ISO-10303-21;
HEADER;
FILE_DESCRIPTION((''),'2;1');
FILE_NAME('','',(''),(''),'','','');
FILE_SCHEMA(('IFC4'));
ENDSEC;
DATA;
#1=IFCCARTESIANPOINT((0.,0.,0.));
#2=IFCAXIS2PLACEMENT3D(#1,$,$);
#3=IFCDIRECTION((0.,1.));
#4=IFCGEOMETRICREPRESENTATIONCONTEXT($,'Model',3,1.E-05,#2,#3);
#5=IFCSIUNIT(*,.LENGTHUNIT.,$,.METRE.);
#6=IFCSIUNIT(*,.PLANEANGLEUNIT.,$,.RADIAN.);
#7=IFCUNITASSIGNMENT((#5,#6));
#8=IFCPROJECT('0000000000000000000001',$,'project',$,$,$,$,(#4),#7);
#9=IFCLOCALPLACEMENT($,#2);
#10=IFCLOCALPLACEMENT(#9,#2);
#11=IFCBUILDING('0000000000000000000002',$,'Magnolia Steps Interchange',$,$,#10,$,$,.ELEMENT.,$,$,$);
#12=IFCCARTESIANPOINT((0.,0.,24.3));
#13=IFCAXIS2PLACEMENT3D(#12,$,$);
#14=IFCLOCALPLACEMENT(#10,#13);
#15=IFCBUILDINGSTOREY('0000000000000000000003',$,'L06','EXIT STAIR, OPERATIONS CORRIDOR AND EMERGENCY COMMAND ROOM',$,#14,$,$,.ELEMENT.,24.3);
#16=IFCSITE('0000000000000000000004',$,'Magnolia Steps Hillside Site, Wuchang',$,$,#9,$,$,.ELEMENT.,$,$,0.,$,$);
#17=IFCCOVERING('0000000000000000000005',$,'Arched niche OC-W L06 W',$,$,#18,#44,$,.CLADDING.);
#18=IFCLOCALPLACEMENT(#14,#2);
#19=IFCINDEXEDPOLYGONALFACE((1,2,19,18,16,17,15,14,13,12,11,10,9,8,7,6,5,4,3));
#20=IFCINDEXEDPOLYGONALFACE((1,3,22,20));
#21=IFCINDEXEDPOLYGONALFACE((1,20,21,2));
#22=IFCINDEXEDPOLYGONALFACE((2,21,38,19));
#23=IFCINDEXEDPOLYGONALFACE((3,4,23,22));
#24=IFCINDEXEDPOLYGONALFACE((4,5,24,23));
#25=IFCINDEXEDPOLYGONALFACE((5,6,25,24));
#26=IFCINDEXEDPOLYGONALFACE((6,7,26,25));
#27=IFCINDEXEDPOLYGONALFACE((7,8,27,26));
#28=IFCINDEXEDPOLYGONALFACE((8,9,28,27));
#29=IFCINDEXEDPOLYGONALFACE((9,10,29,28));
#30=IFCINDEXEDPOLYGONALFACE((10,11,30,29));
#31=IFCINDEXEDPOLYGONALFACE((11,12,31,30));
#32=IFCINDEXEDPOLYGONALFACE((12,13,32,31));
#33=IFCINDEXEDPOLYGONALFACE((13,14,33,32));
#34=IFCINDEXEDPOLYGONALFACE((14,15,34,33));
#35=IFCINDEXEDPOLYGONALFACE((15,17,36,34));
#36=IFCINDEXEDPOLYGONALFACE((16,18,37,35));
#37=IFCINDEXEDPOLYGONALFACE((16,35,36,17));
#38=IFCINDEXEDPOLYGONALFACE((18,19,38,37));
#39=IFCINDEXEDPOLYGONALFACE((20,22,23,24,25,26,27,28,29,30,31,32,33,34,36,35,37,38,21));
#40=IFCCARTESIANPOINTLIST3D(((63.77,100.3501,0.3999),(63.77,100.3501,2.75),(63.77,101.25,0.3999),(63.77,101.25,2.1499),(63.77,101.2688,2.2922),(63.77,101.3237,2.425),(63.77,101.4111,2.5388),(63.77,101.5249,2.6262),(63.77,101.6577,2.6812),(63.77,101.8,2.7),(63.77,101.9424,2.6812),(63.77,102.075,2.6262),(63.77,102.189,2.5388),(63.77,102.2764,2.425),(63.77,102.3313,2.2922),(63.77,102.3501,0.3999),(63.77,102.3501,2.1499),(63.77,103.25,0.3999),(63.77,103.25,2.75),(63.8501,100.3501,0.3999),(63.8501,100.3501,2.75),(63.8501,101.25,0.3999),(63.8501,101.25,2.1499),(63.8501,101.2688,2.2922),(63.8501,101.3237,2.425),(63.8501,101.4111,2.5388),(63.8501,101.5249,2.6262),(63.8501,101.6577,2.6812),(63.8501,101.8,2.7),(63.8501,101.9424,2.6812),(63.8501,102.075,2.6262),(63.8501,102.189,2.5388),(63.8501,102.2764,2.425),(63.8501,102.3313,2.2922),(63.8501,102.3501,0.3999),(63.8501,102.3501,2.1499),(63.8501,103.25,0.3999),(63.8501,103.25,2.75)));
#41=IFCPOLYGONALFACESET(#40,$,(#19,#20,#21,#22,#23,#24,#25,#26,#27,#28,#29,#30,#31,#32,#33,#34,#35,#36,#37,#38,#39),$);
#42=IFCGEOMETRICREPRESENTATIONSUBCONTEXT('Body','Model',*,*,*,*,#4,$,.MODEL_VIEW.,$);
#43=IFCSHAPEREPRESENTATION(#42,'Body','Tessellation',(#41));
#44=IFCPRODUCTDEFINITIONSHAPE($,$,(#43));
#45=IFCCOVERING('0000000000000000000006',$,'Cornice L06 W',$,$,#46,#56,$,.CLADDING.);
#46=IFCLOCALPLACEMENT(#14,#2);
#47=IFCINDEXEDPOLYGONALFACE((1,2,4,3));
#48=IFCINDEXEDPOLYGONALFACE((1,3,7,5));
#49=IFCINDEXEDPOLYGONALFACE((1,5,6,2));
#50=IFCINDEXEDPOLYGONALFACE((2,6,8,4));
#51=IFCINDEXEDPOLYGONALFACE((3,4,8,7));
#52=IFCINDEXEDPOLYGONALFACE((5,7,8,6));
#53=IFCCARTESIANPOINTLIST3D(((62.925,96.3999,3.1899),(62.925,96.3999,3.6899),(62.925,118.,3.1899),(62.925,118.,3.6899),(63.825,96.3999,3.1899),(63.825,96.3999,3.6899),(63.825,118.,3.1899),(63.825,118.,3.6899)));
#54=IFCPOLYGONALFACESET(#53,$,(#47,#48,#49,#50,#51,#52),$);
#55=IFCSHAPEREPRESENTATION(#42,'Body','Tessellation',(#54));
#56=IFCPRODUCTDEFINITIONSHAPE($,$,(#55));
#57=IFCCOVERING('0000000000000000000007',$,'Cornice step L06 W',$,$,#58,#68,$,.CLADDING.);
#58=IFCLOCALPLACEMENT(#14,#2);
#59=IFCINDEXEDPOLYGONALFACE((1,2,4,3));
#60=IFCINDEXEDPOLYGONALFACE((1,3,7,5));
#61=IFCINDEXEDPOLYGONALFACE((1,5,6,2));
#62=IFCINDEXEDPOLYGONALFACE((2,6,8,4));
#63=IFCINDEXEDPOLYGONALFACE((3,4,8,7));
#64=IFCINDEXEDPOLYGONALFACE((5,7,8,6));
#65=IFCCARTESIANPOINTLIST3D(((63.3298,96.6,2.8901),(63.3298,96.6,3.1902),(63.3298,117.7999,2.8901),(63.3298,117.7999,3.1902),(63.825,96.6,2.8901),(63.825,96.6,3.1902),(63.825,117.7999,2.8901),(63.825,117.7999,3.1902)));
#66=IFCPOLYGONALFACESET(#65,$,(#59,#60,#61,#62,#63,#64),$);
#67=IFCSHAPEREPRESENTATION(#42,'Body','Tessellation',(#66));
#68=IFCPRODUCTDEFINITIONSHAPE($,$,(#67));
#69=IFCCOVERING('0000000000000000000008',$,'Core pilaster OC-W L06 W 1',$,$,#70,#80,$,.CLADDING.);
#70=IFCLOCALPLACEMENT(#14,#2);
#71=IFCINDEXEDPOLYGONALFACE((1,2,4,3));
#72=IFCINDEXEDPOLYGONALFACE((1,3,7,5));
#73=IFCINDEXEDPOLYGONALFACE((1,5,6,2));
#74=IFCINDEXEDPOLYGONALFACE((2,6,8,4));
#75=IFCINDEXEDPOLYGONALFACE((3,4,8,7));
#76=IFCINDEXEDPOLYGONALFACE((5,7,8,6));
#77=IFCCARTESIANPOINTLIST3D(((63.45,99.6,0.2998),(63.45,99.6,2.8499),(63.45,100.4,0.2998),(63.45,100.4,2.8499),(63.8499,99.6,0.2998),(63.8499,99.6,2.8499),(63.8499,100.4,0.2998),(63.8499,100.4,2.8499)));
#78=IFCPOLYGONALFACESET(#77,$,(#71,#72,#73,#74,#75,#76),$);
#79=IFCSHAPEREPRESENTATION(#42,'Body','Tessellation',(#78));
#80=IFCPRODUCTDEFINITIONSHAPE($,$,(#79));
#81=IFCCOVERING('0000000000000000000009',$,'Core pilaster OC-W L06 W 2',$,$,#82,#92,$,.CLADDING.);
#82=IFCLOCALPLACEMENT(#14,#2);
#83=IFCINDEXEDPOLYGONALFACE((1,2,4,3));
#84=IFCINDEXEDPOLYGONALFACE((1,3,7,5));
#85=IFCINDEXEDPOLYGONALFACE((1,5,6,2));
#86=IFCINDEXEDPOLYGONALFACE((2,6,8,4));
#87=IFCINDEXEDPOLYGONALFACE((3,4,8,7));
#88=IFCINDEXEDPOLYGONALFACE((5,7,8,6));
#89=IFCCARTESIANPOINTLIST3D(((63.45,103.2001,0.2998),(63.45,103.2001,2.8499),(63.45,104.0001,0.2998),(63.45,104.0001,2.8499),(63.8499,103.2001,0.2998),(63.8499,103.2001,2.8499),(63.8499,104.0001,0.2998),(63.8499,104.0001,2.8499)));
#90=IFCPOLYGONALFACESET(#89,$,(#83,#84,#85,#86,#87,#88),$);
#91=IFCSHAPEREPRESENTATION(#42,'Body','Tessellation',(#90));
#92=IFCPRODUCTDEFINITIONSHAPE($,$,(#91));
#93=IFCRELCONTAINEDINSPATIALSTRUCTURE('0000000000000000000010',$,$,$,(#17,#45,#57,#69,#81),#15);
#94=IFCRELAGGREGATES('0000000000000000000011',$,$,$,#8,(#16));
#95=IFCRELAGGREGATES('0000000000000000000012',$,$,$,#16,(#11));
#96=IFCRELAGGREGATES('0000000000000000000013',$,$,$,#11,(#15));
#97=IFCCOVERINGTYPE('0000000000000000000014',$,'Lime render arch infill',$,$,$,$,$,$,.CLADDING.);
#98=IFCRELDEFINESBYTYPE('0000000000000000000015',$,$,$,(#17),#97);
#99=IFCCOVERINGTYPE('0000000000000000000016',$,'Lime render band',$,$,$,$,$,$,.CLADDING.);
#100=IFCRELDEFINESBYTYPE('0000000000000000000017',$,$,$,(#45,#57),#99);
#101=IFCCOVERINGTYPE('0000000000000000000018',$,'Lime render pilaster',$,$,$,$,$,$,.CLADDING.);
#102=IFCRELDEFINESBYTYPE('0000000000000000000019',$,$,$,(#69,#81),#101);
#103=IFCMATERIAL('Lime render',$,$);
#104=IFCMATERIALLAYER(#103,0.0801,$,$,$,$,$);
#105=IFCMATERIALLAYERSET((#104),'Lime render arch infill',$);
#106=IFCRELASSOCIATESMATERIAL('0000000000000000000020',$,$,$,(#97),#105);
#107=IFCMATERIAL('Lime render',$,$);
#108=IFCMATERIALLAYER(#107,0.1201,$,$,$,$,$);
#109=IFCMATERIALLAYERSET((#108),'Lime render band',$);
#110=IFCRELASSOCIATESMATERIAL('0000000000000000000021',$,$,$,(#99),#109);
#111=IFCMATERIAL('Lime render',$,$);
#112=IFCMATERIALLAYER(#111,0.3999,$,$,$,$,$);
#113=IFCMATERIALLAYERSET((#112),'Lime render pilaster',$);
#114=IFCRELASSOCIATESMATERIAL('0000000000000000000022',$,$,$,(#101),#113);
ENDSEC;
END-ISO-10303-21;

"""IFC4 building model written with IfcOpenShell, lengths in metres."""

from ifc_helpers import new_model, si_unit, direction, frame, origin, origin_2d, place, context, subcontext, project, spatial, polyline, rectangle, outline, extrude, material, layer, layer_set, type_object, element, save


model = new_model("IFC4")

# Units and contexts
model_context = context("Model", 3, precision=1e-05, world=origin(), true_north=direction((0.0, 1.0)))
body_context = subcontext(model_context, "Body", "Model", "MODEL_VIEW")
ifc_project = project(units=[si_unit("LENGTHUNIT", "METRE"), si_unit("PLANEANGLEUNIT", "RADIAN")], contexts=[model_context])

# Site, building, storey
site_placement = place(None, origin())
site = spatial("IfcSite", under=ifc_project, at=site_placement, Name="Magnolia Steps Hillside Site, Wuchang", CompositionType="ELEMENT", RefElevation=0.0)
building_placement = place(site_placement, origin())
building = spatial("IfcBuilding", under=site, at=building_placement, Name="Magnolia Steps Interchange", CompositionType="ELEMENT")
storey_placement = place(building_placement, frame((0.0, 0.0, 24.3)))
storey = spatial("IfcBuildingStorey", under=building, at=storey_placement, Name="L06", Description="EXIT STAIR, OPERATIONS CORRIDOR AND EMERGENCY COMMAND ROOM", CompositionType="ELEMENT", Elevation=24.3)

# Coverings
ifc_material_1 = material(Name="Lime render")
ifc_layer_1 = layer(ifc_material_1, 0.0801)
ifc_layer_set_1 = layer_set([ifc_layer_1], Name="Lime render arch infill")
covering_type_1 = type_object("IfcCoveringType", Name="Lime render arch infill", PredefinedType="CLADDING", material=ifc_layer_set_1)
covering_1_placement = place(storey_placement, frame((63.8501, 101.25, 0.3999), z_axis=(1.0, 0.0, 0.0), x_axis=(0.0, 0.0, 1.0)))
element("IfcCovering", 1, at=covering_1_placement, inside=storey, type_object=covering_type_1, Name="Arched niche OC-W L06 W", PredefinedType="CLADDING", context=body_context, shape_type="SweptSolid", body=[
    extrude(outline(polyline([(0.0, 0.0), (1.75, 0.0), (1.8923, -0.0188), (2.0251, -0.0737), (2.1389, -0.1611), (2.2263, -0.2749), (2.2812, -0.4077), (2.3, -0.55), (2.2812, -0.6924), (2.2263, -0.825), (2.1389, -0.939), (2.0251, -1.0264), (1.8923, -1.0813), (1.75, -1.1001), (0.0, -1.1001), (0.0, -2.0), (2.3501, -2.0), (2.3501, 0.8999), (0.0, 0.8999), (0.0, 0.0)])), origin(), (0.0, 0.0, -1.0), 0.0801),
])
ifc_material_2 = material(Name="Lime render")
ifc_layer_2 = layer(ifc_material_2, 0.1201)
ifc_layer_set_2 = layer_set([ifc_layer_2], Name="Lime render band")
covering_type_2 = type_object("IfcCoveringType", Name="Lime render band", PredefinedType="CLADDING", material=ifc_layer_set_2)
covering_2_placement = place(storey_placement, frame((63.375, 107.2, 3.1899), z_axis=(0.0, 0.0, 1.0), x_axis=(1.0, 0.0, 0.0)))
element("IfcCovering", 2, at=covering_2_placement, inside=storey, type_object=covering_type_2, Name="Cornice L06 W", PredefinedType="CLADDING", context=body_context, shape_type="SweptSolid", body=[
    extrude(rectangle(XDim=0.8999, YDim=21.6001, at=origin_2d()), origin(), (0.0, 0.0, 1.0), 0.5),
])
covering_3_placement = place(storey_placement, frame((63.5774, 107.2, 2.8901), z_axis=(0.0, 0.0, 1.0), x_axis=(1.0, 0.0, 0.0)))
element("IfcCovering", 3, at=covering_3_placement, inside=storey, type_object=covering_type_2, Name="Cornice step L06 W", PredefinedType="CLADDING", context=body_context, shape_type="SweptSolid", body=[
    extrude(rectangle(XDim=0.4951, YDim=21.2, at=origin_2d()), origin(), (0.0, 0.0, 1.0), 0.3),
])
ifc_material_3 = material(Name="Lime render")
ifc_layer_3 = layer(ifc_material_3, 0.3999)
ifc_layer_set_3 = layer_set([ifc_layer_3], Name="Lime render pilaster")
covering_type_3 = type_object("IfcCoveringType", Name="Lime render pilaster", PredefinedType="CLADDING", material=ifc_layer_set_3)
for number, where, z_axis, x_axis, name in (
    (4, (63.6499, 100.0, 0.2998), (0.0, 0.0, 1.0), (1.0, 0.0, 0.0), "Core pilaster OC-W L06 W 1"),
    (5, (63.6499, 103.6001, 0.2998), (0.0, 0.0, 1.0), (1.0, 0.0, 0.0), "Core pilaster OC-W L06 W 2"),
):
    element("IfcCovering", number, at=place(storey_placement, frame(where, z_axis=z_axis, x_axis=x_axis)), inside=storey, type_object=covering_type_3, Name=name, PredefinedType="CLADDING", context=body_context, shape_type="SweptSolid", body=[
        extrude(rectangle(XDim=0.3999, YDim=0.8, at=origin_2d()), origin(), (0.0, 0.0, 1.0), 2.55),
    ])

save(model, "model.ifc")
